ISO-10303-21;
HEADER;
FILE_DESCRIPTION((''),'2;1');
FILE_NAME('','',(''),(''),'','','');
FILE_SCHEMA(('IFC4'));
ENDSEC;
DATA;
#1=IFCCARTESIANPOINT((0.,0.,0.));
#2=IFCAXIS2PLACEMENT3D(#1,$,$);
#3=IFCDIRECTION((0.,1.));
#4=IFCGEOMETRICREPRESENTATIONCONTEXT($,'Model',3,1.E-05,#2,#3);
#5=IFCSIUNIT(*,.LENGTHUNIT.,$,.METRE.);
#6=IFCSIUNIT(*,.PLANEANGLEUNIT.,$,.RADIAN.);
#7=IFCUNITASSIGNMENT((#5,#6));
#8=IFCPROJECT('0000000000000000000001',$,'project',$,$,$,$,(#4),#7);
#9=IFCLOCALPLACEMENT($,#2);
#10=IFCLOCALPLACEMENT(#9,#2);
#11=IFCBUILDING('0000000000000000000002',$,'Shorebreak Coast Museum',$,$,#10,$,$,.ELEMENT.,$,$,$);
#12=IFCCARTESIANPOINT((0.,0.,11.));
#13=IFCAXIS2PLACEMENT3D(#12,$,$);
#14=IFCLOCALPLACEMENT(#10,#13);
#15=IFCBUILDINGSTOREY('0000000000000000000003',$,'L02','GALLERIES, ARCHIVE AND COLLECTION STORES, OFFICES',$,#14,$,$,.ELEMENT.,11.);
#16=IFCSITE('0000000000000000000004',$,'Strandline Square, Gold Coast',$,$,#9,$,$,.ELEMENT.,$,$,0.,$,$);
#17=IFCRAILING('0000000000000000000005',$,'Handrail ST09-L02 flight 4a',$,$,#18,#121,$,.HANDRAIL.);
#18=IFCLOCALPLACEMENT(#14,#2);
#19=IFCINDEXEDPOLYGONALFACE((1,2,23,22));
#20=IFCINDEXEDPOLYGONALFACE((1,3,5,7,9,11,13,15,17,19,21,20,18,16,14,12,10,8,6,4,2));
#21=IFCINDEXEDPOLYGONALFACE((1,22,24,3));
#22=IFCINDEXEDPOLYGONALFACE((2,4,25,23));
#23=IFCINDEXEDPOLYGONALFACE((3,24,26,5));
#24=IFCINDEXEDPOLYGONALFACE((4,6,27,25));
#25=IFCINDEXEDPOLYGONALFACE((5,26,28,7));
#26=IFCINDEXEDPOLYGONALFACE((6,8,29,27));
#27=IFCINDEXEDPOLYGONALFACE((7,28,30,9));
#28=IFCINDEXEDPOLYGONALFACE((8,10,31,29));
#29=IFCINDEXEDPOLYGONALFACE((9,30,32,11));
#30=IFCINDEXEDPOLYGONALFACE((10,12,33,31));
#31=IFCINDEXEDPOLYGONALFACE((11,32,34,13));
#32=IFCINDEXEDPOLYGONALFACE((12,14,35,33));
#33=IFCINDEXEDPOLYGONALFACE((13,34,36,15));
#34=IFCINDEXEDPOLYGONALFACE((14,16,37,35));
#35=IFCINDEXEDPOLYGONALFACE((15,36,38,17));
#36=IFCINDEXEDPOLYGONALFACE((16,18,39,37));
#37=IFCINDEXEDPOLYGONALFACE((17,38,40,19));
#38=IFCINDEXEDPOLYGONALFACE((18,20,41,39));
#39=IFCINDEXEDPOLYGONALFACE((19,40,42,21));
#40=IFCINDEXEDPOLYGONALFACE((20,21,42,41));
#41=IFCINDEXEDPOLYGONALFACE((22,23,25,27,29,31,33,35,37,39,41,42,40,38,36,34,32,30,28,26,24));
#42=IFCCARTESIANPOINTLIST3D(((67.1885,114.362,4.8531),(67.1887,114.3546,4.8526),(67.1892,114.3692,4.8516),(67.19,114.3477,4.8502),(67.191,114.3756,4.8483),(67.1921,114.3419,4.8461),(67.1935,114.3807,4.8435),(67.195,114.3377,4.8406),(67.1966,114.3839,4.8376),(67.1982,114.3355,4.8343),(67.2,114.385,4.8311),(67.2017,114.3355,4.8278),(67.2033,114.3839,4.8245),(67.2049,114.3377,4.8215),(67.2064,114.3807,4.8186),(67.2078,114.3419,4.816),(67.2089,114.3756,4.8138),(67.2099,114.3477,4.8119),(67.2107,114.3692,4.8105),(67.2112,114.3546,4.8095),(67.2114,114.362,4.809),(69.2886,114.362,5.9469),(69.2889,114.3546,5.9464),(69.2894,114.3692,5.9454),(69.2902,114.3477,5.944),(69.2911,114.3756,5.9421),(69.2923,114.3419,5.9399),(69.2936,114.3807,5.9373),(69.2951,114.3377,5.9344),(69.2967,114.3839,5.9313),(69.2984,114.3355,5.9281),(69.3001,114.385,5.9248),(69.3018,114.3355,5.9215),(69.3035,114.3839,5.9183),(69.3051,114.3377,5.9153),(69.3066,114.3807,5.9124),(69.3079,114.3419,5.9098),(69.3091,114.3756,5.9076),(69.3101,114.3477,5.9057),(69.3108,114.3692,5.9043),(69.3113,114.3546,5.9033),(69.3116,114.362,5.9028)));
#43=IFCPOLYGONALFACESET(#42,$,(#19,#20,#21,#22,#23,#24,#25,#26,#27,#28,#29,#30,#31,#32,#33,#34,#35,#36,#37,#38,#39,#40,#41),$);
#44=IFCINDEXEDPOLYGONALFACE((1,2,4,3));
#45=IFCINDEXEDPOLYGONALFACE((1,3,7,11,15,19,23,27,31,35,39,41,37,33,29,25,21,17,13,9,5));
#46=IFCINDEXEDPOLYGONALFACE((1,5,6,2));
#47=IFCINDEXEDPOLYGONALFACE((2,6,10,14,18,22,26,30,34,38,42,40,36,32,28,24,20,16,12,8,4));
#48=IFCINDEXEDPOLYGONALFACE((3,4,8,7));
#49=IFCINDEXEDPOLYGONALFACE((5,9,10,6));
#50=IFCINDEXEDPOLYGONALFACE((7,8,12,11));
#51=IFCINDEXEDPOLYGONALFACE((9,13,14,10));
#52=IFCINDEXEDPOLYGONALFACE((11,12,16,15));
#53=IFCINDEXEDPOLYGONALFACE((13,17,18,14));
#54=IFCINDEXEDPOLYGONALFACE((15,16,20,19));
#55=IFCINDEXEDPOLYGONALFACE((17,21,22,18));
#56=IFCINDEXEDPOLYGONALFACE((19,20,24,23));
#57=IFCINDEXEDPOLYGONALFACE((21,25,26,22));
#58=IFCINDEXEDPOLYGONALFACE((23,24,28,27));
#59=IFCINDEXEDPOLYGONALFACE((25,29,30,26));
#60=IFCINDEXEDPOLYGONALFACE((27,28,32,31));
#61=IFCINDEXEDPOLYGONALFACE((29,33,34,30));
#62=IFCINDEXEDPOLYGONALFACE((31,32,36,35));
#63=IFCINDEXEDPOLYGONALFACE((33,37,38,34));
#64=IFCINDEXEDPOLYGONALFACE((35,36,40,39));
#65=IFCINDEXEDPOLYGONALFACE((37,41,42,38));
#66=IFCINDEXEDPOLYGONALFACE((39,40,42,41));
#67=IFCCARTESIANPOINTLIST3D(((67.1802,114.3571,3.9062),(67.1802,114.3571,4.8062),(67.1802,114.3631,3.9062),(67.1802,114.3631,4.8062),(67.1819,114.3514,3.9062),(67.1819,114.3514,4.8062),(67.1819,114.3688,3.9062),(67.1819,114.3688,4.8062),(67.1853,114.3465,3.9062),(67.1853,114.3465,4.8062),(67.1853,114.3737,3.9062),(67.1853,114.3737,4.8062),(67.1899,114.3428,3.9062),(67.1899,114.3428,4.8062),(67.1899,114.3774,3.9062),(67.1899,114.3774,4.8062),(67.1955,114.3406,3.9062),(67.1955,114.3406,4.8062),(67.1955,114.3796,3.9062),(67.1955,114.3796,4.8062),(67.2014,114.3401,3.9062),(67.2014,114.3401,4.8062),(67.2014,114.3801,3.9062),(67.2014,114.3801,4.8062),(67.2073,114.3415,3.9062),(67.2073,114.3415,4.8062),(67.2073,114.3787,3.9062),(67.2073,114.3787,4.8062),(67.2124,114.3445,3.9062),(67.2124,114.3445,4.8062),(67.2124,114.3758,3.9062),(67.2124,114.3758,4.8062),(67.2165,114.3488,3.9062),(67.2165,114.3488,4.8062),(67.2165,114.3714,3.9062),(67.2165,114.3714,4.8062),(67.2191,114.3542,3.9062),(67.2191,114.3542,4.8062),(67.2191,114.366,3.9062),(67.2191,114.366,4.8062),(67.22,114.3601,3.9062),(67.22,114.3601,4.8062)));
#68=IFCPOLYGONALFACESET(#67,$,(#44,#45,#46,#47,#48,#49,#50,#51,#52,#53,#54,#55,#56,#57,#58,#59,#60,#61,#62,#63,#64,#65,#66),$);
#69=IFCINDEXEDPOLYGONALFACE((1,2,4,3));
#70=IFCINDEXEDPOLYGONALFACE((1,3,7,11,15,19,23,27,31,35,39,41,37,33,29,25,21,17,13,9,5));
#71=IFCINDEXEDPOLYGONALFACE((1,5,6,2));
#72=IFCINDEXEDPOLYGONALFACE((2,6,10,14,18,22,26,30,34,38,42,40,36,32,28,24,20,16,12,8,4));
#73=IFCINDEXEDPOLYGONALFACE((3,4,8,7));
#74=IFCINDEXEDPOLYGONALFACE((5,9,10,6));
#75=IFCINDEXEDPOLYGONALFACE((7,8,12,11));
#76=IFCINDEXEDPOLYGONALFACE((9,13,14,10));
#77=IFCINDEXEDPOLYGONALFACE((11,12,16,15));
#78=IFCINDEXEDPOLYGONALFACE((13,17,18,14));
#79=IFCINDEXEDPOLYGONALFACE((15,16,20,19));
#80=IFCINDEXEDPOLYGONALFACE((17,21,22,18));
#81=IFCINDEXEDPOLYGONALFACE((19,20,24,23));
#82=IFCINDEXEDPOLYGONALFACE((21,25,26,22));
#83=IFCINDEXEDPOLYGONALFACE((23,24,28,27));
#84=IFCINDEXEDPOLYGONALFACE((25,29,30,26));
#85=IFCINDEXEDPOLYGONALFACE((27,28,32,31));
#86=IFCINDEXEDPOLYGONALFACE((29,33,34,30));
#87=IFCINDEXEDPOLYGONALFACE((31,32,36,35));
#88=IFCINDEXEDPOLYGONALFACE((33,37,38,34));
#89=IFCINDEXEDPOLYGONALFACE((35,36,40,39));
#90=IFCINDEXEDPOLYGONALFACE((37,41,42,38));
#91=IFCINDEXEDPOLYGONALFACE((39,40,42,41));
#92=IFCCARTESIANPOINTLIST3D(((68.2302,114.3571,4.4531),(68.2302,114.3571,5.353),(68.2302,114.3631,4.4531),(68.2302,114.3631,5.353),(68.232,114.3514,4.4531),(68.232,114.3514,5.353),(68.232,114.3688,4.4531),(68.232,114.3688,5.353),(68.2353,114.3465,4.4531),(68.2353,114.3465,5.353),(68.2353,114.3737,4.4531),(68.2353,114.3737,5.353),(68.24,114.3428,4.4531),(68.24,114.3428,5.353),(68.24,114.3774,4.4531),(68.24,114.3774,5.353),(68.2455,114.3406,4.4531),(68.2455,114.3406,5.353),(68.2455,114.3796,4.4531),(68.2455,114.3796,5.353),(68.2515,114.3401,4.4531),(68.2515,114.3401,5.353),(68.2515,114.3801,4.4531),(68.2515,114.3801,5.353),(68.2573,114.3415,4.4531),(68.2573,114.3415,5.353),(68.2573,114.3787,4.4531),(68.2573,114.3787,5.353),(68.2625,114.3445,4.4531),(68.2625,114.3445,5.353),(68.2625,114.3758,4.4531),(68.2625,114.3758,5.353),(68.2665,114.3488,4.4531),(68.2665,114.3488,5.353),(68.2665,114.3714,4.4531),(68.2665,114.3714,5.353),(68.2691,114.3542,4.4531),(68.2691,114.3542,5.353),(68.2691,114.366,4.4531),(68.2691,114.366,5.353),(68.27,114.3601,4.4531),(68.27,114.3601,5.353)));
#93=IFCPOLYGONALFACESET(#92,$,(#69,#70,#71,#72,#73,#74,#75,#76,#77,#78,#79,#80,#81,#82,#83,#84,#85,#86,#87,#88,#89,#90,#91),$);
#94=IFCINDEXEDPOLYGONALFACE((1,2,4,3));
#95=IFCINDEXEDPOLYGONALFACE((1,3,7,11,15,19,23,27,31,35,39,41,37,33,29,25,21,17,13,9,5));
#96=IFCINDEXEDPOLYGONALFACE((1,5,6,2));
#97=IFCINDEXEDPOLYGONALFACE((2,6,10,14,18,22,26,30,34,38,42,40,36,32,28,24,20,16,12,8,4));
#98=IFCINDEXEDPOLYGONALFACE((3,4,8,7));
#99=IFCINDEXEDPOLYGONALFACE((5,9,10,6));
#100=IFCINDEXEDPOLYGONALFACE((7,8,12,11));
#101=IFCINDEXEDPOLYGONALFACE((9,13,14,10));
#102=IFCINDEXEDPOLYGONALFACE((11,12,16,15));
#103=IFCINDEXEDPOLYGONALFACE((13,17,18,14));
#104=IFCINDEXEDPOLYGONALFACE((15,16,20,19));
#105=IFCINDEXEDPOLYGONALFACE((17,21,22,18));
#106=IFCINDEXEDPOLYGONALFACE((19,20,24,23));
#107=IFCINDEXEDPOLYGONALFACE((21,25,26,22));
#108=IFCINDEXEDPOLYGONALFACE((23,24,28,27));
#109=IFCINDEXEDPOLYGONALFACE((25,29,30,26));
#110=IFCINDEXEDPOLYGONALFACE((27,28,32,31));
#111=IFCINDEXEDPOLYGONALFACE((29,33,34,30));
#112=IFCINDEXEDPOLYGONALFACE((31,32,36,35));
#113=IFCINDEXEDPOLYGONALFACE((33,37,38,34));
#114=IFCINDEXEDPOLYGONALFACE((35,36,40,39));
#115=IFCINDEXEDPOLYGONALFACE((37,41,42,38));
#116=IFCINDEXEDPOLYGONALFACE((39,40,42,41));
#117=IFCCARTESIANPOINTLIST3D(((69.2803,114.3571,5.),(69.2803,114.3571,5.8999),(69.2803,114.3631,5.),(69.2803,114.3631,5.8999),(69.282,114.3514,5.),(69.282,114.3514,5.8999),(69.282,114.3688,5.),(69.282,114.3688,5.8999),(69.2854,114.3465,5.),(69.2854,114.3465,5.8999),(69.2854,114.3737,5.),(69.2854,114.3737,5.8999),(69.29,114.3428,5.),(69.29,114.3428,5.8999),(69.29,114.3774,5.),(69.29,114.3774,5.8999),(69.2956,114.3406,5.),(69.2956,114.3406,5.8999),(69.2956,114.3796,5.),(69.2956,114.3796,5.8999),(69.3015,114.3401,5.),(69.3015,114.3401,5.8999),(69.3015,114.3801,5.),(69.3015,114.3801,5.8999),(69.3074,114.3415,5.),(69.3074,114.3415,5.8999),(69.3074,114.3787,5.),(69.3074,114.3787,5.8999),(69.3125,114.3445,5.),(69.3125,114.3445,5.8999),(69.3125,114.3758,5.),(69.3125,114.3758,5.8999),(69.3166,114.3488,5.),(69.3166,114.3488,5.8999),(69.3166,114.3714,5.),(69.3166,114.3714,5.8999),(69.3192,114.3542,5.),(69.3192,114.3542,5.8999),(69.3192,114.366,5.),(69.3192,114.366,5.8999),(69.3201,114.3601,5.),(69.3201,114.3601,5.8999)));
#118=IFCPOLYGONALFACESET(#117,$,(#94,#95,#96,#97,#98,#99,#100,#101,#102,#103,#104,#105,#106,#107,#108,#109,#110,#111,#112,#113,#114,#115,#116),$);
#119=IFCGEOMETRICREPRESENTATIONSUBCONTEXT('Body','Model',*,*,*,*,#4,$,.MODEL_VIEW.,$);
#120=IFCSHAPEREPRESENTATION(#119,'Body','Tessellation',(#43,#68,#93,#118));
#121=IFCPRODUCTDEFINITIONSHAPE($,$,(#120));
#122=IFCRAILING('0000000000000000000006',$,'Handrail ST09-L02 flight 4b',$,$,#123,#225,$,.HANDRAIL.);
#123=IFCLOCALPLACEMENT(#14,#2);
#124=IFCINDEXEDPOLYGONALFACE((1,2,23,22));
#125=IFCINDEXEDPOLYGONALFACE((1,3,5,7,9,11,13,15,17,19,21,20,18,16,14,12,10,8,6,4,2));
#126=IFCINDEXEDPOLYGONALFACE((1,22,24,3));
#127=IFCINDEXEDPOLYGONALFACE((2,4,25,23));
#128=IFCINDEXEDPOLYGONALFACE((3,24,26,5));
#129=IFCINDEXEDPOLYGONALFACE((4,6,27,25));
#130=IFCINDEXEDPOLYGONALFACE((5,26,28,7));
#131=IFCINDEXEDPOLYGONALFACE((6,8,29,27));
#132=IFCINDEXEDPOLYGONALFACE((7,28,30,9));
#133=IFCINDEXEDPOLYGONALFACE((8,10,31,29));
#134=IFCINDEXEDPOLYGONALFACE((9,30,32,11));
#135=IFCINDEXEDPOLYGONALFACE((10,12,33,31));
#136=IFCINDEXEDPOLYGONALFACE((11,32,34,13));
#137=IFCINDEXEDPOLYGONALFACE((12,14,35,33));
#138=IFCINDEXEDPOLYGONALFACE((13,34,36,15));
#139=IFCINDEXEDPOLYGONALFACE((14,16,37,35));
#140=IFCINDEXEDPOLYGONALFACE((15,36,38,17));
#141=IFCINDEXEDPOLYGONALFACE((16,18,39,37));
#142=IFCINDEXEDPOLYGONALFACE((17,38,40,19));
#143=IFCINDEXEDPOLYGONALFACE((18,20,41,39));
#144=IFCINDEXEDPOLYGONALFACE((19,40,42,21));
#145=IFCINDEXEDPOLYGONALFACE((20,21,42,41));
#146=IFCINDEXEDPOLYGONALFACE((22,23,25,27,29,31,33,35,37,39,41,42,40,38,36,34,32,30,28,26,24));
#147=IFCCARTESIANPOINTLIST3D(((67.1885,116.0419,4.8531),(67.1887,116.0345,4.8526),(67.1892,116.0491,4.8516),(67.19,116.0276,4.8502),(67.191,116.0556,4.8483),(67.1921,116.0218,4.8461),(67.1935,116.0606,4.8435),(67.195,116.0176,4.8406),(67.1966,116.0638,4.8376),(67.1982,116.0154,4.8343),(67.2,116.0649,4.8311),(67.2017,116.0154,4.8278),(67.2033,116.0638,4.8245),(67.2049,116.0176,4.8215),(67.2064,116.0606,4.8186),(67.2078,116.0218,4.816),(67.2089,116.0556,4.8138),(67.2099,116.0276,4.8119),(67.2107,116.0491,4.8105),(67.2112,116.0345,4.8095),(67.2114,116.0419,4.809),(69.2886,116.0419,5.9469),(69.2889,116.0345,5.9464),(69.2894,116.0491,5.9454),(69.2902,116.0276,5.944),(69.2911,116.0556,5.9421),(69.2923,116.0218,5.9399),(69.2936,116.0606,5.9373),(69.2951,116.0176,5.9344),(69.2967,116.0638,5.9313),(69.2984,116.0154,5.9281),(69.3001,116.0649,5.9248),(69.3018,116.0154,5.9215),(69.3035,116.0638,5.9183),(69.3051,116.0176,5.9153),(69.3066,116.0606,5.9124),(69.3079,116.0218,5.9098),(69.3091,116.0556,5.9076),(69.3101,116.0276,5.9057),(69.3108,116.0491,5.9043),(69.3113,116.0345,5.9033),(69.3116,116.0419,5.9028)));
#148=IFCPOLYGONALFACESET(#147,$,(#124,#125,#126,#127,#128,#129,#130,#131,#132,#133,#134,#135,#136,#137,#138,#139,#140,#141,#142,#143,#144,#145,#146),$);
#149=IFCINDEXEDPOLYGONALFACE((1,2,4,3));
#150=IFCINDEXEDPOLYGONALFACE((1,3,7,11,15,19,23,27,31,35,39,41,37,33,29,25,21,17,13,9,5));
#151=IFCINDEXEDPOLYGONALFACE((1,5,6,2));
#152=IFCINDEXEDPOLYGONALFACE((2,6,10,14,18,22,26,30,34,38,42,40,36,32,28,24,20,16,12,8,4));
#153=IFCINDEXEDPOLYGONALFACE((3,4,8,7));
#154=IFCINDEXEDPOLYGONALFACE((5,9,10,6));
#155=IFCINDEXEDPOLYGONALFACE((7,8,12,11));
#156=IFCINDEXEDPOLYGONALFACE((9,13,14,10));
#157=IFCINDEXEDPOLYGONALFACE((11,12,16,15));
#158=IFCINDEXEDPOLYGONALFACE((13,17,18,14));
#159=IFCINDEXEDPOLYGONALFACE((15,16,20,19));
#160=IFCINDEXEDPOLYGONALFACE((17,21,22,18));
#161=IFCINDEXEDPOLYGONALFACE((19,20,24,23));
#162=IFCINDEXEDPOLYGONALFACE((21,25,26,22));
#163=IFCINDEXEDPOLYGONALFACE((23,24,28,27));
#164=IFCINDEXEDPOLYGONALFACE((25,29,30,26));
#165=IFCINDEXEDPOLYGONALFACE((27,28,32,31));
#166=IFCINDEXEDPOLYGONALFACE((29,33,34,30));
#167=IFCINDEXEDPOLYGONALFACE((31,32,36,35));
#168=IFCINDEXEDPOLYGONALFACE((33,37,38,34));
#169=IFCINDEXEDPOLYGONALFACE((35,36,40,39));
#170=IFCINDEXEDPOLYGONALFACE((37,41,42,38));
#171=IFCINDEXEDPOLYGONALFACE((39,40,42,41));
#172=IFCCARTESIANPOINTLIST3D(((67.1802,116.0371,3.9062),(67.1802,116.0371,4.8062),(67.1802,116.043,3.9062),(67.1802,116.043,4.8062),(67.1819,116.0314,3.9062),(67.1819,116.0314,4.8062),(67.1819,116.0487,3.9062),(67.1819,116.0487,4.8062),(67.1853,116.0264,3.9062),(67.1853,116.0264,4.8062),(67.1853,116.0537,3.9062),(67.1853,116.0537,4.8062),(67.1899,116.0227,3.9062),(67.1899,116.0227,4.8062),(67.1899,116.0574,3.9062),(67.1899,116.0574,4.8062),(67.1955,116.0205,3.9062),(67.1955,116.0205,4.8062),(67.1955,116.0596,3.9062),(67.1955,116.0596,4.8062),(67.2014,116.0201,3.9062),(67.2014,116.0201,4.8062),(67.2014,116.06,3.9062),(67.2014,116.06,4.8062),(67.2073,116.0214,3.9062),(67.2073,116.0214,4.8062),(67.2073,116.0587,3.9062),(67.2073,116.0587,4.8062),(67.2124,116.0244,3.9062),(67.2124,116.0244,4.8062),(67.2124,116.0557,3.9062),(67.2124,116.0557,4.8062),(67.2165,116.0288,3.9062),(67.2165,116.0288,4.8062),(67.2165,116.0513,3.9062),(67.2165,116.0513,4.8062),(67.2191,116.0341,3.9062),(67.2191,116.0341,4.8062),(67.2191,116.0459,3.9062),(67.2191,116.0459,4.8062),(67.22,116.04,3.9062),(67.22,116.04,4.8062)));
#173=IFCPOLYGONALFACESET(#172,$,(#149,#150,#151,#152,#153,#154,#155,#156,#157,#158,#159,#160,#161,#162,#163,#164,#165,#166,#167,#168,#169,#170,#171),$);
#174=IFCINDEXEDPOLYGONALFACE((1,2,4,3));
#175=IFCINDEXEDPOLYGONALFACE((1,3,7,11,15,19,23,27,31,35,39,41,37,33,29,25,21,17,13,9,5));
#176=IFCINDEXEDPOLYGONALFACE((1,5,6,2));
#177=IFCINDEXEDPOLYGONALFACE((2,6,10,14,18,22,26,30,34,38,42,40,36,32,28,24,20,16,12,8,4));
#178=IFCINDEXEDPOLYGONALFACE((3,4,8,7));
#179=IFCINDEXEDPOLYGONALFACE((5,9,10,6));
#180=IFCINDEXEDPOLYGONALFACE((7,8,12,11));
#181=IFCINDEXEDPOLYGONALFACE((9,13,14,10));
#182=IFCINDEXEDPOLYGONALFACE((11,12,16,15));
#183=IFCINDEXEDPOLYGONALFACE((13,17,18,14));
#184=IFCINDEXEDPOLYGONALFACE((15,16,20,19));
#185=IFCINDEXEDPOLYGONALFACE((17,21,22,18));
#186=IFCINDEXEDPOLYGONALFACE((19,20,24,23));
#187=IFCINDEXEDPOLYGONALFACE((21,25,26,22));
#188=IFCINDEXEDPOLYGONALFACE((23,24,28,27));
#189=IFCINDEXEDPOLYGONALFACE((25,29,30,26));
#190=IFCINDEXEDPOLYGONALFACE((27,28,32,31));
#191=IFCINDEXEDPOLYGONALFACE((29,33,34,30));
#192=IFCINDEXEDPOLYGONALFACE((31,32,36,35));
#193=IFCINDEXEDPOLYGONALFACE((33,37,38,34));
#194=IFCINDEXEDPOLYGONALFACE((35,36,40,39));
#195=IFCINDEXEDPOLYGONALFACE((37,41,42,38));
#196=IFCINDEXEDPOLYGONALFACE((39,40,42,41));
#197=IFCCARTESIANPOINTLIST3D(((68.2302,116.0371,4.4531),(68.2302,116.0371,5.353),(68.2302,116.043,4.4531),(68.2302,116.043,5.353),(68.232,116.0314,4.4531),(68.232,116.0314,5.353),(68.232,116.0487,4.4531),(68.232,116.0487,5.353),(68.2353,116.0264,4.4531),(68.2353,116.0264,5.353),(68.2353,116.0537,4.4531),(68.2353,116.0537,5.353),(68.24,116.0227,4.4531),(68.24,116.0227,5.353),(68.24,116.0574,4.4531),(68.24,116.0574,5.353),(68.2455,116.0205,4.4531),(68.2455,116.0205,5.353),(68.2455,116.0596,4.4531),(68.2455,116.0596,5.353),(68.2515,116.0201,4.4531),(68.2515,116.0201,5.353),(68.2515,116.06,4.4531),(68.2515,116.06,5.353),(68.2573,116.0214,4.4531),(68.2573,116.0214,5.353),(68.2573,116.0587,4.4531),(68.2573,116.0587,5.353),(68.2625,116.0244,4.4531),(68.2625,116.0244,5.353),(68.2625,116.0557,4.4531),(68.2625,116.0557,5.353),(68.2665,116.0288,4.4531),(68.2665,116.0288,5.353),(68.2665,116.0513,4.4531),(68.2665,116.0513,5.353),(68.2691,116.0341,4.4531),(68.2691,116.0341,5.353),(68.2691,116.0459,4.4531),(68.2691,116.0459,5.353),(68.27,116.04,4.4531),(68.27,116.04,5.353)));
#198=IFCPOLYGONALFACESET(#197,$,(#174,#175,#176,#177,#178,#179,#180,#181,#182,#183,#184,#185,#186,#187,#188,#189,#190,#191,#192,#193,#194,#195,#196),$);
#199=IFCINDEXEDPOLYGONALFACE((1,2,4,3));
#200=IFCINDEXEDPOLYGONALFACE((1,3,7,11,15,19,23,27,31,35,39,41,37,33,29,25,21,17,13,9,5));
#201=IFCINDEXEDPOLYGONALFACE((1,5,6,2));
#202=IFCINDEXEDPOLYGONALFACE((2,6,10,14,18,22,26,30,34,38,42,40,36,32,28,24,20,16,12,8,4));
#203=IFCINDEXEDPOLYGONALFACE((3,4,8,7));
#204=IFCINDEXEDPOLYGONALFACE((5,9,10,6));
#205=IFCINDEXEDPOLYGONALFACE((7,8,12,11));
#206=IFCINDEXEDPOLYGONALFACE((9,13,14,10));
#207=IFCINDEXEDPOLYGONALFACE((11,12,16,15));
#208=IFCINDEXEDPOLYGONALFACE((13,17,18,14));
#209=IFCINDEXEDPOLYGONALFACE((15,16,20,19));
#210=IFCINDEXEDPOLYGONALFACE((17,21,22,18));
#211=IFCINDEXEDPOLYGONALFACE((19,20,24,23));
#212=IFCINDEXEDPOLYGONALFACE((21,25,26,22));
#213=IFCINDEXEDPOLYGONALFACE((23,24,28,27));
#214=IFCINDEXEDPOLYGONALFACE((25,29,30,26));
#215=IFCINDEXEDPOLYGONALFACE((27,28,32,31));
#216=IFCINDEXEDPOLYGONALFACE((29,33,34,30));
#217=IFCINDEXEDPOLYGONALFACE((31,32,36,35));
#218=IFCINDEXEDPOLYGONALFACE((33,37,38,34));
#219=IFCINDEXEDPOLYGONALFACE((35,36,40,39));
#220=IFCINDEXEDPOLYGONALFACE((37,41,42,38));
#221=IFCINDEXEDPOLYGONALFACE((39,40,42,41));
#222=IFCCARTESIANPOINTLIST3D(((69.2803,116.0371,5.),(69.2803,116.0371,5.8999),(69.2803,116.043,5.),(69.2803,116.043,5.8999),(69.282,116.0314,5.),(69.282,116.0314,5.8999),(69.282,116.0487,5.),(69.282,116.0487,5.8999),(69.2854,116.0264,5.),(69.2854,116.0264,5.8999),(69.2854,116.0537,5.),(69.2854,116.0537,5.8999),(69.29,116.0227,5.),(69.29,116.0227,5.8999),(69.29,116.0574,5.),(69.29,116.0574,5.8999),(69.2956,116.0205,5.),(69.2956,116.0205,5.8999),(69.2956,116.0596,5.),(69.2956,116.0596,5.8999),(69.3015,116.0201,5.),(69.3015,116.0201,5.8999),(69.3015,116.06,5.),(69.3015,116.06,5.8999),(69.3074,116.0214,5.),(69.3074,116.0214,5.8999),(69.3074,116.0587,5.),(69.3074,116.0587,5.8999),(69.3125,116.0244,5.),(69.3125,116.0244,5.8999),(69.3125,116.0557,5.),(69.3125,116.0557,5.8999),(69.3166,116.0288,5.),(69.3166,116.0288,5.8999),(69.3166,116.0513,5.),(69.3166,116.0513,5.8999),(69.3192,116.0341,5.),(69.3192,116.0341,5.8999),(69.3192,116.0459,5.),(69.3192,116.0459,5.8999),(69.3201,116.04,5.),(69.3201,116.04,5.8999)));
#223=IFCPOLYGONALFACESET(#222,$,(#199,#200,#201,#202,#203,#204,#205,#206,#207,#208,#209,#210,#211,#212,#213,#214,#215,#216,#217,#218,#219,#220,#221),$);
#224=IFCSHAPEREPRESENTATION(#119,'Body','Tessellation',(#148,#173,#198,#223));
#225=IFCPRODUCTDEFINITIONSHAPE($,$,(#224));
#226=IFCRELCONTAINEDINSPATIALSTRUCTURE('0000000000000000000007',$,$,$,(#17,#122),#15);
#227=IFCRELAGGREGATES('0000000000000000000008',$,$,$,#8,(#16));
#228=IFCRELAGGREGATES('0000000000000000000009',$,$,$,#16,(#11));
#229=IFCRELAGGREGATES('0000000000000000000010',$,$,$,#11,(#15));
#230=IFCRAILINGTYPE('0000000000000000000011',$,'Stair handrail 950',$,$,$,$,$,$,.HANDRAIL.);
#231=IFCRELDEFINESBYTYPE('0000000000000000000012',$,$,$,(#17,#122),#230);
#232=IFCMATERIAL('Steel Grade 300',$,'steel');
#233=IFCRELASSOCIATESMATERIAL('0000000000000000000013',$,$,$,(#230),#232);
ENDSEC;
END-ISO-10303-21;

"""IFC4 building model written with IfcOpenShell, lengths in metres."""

from ifc_helpers import new_model, si_unit, direction, frame, origin, origin_2d, place, context, subcontext, project, spatial, circle, extrude, material, type_object, element, save


model = new_model("IFC4")

# Units and contexts
model_context = context("Model", 3, precision=1e-05, world=origin(), true_north=direction((0.0, 1.0)))
body_context = subcontext(model_context, "Body", "Model", "MODEL_VIEW")
ifc_project = project(units=[si_unit("LENGTHUNIT", "METRE"), si_unit("PLANEANGLEUNIT", "RADIAN")], contexts=[model_context])

# Site, building, storey
site_placement = place(None, origin())
site = spatial("IfcSite", under=ifc_project, at=site_placement, Name="Strandline Square, Gold Coast", CompositionType="ELEMENT", RefElevation=0.0)
building_placement = place(site_placement, origin())
building = spatial("IfcBuilding", under=site, at=building_placement, Name="Shorebreak Coast Museum", CompositionType="ELEMENT")
storey_placement = place(building_placement, frame((0.0, 0.0, 11.0)))
storey = spatial("IfcBuildingStorey", under=building, at=storey_placement, Name="L02", Description="GALLERIES, ARCHIVE AND COLLECTION STORES, OFFICES", CompositionType="ELEMENT", Elevation=11.0)

# Railings
ifc_material_1 = material(Name="Steel Grade 300", Category="steel")
railing_type_1 = type_object("IfcRailingType", Name="Stair handrail 950", PredefinedType="HANDRAIL", material=ifc_material_1)
for number, where, name in (
    (1, (67.2, 114.3601, 3.9062), "Handrail ST09-L02 flight 4a"),
    (2, (67.2, 116.04, 3.9062), "Handrail ST09-L02 flight 4b"),
):
    element("IfcRailing", number, at=place(storey_placement, frame(where)), inside=storey, type_object=railing_type_1, Name=name, PredefinedType="HANDRAIL", context=body_context, shape_type="SweptSolid", body=[
        extrude(circle(Radius=0.0249, at=origin_2d()), frame((0.0, 0.0, 0.9248), z_axis=(0.886923, 0.0, 0.461918), x_axis=(0.0, 1.0, 0.0)), (0.0, 0.0, 1.0), 2.3679),
        extrude(circle(Radius=0.02, at=origin_2d()), origin(), (0.0, 0.0, 1.0), 0.8999),
        extrude(circle(Radius=0.02, at=origin_2d()), frame((1.05, 0.0, 0.5469)), (0.0, 0.0, 1.0), 0.8999),
        extrude(circle(Radius=0.02, at=origin_2d()), frame((2.1001, 0.0, 1.0938)), (0.0, 0.0, 1.0), 0.8999),
    ])

save(model, "model.ifc")
